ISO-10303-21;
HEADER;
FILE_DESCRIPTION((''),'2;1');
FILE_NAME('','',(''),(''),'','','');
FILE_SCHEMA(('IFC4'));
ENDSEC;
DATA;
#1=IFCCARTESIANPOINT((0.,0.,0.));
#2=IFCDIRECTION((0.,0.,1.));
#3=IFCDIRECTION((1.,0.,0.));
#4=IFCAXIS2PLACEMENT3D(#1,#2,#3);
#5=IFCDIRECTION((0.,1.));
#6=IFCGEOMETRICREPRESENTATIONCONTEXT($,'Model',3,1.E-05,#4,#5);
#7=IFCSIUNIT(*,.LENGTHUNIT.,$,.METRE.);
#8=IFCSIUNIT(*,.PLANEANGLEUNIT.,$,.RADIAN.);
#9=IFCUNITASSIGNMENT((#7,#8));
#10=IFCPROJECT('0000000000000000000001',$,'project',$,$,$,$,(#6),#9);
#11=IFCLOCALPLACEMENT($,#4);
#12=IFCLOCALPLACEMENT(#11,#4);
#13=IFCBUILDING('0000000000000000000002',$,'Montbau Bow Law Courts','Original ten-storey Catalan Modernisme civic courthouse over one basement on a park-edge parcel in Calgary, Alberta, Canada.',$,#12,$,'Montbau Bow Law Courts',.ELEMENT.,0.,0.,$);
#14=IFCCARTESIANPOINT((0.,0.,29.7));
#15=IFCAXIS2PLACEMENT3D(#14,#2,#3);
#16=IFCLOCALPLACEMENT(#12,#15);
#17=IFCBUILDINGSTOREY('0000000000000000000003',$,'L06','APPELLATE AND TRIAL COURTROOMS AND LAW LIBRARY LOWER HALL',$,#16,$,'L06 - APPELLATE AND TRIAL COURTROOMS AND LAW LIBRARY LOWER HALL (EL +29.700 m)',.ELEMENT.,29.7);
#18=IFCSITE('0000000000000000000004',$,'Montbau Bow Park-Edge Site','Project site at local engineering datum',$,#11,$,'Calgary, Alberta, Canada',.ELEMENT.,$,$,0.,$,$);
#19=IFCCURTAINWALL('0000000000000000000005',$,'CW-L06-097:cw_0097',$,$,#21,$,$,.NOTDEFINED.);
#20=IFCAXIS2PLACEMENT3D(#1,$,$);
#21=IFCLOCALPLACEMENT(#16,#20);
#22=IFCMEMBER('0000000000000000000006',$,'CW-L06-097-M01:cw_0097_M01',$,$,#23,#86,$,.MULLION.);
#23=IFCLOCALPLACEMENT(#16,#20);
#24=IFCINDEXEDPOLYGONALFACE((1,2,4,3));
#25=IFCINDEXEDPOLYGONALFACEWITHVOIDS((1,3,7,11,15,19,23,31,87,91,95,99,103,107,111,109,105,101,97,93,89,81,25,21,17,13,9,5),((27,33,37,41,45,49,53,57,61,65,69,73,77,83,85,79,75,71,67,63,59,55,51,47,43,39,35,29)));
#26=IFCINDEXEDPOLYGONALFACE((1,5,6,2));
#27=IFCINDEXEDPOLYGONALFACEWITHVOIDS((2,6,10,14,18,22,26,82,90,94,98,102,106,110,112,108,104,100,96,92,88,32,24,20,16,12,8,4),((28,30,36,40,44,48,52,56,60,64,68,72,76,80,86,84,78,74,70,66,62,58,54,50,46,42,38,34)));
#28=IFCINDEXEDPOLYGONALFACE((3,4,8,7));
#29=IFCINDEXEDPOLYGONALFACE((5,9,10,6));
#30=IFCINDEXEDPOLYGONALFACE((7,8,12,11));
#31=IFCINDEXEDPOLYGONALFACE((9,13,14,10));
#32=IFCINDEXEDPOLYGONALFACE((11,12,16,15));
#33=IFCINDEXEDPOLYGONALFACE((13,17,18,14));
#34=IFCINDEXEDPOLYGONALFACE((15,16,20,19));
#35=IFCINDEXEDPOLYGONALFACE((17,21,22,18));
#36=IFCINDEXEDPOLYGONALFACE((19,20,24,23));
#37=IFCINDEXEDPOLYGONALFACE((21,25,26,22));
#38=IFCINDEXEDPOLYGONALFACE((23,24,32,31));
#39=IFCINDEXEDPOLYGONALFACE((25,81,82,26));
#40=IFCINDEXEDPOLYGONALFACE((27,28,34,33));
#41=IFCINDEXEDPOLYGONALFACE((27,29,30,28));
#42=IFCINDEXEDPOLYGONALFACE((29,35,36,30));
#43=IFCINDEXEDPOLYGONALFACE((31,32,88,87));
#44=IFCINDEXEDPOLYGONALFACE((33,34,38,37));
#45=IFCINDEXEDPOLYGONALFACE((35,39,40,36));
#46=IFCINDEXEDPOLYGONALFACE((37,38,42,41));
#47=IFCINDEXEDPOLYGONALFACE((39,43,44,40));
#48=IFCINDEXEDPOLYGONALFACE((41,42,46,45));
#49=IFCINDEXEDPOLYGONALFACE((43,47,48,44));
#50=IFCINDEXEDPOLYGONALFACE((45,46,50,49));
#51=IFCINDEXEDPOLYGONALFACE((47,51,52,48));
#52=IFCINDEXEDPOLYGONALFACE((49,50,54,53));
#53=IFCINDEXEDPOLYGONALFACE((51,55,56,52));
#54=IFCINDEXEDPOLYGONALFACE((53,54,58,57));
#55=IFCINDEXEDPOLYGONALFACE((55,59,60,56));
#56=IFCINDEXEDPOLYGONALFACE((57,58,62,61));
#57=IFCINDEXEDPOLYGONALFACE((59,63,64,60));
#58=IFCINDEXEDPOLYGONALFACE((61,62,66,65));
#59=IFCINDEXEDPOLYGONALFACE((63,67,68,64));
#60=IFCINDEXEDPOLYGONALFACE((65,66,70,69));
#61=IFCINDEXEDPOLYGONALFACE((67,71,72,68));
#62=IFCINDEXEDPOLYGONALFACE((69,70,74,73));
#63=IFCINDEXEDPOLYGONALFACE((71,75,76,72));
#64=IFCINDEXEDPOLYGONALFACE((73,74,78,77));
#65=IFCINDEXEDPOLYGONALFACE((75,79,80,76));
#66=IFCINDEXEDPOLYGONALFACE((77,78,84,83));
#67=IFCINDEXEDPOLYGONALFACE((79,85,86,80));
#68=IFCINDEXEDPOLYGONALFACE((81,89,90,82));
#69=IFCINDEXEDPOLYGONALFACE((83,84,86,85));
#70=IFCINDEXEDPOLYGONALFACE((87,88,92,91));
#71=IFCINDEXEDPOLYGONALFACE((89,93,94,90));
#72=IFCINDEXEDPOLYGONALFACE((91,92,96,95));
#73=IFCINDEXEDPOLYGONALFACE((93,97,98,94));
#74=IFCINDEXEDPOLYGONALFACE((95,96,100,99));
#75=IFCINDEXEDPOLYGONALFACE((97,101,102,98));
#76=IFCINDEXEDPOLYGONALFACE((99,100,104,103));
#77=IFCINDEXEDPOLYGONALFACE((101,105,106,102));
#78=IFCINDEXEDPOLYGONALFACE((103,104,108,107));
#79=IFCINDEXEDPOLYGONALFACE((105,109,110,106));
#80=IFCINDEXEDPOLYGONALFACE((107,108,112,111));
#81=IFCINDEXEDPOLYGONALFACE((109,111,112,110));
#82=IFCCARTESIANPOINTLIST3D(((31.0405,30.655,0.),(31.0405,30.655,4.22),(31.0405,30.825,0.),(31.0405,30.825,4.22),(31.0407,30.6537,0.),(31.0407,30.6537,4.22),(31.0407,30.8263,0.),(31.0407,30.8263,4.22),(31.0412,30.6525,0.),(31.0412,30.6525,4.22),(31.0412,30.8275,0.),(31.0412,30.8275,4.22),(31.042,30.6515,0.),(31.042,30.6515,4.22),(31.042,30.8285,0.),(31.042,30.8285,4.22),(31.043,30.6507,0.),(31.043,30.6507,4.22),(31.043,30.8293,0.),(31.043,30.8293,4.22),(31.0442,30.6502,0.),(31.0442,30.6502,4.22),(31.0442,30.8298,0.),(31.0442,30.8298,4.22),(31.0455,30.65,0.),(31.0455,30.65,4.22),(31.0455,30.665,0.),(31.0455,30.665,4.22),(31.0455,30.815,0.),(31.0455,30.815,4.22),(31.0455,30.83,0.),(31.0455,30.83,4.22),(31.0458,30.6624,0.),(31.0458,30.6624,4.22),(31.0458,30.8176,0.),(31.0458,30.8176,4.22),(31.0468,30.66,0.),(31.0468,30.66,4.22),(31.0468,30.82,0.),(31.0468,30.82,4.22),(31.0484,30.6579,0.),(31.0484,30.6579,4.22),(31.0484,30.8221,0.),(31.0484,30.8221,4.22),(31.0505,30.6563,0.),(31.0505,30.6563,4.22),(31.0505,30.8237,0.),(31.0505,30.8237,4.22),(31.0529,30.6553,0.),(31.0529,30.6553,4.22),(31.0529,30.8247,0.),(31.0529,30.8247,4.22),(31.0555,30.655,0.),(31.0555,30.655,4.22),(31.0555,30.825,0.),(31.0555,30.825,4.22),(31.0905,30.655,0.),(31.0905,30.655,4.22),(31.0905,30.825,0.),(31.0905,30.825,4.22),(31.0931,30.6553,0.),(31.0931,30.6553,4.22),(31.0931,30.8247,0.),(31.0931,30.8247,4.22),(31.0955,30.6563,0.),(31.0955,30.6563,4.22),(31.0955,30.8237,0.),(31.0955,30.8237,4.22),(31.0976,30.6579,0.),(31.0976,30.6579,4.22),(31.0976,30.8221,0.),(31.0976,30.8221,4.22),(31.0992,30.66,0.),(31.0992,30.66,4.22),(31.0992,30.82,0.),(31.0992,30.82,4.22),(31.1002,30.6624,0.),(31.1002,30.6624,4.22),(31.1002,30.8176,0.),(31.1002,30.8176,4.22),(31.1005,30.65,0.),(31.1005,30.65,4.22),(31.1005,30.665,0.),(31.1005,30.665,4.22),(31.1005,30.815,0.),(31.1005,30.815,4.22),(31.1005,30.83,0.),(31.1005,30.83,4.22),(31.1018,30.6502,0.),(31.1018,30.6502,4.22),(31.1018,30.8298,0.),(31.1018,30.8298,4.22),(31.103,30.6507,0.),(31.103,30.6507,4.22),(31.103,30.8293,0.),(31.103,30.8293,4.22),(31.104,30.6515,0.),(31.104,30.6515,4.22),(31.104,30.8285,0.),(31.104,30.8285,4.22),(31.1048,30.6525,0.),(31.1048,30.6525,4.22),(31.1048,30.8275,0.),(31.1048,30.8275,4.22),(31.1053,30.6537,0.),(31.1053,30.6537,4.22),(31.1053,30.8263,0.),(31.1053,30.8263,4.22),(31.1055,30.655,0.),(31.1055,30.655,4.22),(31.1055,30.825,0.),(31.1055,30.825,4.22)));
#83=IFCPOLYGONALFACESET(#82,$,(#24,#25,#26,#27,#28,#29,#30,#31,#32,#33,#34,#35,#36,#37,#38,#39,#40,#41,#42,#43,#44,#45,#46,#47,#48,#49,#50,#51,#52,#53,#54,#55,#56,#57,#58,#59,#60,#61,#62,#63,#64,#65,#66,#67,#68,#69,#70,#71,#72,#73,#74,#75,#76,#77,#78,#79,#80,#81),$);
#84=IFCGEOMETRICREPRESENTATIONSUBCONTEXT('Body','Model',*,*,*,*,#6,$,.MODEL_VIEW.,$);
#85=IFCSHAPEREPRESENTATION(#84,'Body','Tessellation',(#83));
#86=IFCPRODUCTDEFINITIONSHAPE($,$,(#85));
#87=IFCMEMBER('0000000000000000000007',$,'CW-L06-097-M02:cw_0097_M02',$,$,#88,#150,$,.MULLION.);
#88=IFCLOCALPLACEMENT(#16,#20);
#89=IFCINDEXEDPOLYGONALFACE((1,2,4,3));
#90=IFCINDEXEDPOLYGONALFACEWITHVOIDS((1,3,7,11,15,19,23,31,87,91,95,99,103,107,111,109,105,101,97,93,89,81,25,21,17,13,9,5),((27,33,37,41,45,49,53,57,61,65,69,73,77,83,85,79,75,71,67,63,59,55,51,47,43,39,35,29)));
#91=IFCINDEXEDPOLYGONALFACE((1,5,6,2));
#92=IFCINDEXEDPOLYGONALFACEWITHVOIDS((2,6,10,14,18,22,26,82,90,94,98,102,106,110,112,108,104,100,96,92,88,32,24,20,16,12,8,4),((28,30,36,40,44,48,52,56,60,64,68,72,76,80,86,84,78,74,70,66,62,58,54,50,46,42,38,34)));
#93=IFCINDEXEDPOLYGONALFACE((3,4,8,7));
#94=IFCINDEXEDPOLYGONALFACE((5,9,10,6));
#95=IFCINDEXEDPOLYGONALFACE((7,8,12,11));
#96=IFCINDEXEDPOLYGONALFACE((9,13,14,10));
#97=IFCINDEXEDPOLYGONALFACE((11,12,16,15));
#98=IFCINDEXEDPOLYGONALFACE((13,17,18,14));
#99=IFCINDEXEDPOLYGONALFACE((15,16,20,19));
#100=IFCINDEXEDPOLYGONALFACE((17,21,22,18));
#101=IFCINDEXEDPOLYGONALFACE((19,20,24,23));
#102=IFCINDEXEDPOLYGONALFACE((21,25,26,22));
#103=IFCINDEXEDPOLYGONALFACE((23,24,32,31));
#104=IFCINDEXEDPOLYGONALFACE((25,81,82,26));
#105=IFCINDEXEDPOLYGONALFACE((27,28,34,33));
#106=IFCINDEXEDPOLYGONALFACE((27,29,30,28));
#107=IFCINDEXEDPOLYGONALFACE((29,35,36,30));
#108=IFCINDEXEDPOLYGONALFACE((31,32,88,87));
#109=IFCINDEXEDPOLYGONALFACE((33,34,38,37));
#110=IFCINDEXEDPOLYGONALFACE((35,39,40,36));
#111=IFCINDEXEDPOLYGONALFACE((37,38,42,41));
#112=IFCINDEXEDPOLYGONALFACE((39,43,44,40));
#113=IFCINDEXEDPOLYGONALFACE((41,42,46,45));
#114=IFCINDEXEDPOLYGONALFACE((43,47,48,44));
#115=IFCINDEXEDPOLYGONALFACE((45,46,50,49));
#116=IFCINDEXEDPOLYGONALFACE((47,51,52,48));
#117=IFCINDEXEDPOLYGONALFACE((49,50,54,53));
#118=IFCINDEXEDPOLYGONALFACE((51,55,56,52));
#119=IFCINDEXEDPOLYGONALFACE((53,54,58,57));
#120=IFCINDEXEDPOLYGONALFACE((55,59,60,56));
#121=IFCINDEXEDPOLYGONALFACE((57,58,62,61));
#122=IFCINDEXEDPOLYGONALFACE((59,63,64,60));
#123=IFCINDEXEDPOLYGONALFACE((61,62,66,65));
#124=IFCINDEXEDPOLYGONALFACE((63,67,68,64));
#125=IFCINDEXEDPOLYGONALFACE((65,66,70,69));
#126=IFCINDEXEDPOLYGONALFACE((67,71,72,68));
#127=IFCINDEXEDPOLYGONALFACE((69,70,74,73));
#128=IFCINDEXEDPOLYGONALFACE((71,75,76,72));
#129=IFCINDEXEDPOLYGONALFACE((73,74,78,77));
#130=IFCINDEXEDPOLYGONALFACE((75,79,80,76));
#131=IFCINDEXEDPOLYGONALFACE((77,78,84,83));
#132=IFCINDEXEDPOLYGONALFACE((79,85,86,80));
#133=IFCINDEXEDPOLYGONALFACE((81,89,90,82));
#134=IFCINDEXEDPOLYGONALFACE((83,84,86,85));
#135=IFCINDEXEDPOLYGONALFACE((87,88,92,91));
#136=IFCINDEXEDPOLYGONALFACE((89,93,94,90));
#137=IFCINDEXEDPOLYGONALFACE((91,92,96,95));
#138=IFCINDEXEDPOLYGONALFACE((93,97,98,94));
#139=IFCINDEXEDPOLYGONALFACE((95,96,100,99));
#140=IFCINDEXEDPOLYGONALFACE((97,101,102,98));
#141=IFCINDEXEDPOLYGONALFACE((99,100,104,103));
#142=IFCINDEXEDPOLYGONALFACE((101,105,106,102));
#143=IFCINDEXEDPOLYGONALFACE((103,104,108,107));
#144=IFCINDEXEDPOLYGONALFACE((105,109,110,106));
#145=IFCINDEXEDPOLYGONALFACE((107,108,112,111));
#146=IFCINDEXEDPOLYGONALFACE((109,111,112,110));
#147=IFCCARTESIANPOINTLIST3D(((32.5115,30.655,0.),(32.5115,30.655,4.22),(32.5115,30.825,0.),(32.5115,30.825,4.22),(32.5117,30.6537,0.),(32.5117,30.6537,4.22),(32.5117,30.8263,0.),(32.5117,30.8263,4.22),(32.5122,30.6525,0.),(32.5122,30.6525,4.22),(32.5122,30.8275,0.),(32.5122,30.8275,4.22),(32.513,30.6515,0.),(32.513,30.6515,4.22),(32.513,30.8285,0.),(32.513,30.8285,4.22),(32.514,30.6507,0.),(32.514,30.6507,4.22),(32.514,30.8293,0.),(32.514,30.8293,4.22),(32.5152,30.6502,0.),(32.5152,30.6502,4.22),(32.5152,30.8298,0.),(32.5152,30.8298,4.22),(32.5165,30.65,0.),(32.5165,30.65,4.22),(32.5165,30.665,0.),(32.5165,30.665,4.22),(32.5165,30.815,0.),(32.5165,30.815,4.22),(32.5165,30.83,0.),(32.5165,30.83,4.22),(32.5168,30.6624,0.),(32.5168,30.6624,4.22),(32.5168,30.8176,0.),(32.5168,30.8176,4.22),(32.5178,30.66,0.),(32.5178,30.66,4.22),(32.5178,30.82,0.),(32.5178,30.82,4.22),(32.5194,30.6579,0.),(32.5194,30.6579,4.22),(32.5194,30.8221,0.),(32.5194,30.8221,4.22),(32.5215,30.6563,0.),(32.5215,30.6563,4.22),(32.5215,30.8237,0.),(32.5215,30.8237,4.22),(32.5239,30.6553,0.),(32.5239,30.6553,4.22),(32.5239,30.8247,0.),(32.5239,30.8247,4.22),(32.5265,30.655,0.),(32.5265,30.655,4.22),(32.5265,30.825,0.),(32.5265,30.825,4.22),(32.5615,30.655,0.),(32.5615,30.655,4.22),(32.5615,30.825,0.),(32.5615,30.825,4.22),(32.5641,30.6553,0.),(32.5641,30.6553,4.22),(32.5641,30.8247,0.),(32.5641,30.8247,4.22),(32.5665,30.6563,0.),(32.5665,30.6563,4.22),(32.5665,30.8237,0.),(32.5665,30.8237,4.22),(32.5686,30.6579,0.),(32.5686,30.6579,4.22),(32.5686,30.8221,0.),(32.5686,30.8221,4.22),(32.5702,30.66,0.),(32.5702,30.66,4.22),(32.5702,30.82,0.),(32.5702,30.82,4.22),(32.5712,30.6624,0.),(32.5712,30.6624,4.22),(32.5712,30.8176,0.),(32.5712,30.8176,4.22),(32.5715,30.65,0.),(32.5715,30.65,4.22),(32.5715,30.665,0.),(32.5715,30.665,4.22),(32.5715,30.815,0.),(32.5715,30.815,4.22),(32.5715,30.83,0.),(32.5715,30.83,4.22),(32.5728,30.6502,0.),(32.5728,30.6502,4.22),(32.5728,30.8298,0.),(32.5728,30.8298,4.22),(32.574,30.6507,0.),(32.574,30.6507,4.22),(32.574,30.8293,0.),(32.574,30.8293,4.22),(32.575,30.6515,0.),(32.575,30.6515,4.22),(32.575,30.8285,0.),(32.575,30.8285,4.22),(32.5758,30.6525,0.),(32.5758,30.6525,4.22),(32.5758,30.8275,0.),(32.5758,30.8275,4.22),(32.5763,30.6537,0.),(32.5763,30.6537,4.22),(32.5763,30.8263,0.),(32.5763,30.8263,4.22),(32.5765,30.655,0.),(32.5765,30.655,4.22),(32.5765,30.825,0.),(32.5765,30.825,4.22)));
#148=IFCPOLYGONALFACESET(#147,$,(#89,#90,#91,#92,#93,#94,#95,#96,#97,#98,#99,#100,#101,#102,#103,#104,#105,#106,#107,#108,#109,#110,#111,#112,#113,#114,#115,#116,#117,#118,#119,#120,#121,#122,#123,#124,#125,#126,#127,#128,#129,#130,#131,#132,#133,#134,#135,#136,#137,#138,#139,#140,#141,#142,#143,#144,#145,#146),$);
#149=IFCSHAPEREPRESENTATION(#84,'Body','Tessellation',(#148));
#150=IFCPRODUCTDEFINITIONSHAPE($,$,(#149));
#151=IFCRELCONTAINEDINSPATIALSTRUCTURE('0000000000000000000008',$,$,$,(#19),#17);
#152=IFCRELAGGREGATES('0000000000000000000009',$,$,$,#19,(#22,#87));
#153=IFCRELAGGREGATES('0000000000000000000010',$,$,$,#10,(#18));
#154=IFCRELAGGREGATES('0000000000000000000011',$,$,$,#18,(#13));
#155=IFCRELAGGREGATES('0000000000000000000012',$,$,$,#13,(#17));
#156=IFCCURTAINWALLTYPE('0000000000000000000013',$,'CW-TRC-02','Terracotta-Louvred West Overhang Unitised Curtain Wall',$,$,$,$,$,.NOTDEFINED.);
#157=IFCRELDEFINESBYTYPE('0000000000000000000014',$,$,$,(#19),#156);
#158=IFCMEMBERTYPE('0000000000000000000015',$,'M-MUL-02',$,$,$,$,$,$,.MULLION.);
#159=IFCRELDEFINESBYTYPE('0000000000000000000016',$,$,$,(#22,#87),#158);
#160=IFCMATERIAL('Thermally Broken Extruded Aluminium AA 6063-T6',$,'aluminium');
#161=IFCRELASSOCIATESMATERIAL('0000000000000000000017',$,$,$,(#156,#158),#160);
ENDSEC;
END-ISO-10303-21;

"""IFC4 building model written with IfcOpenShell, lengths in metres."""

from ifc_helpers import new_model, si_unit, direction, frame, origin_with_axes, origin_2d_with_axis, place, context, subcontext, project, spatial, hollow_rectangle, extrude, material, material_profile, profile_set, type_object, element, aggregate, save


model = new_model("IFC4")

# Units and contexts
model_context = context("Model", 3, precision=1e-05, world=origin_with_axes(), true_north=direction((0.0, 1.0)))
body_context = subcontext(model_context, "Body", "Model", "MODEL_VIEW")
ifc_project = project(units=[si_unit("LENGTHUNIT", "METRE"), si_unit("PLANEANGLEUNIT", "RADIAN")], contexts=[model_context])

# Site, building, storey
site_placement = place(None, origin_with_axes())
site = spatial("IfcSite", under=ifc_project, at=site_placement, Name="Montbau Bow Park-Edge Site", Description="Project site at local engineering datum", LongName="Calgary, Alberta, Canada", CompositionType="ELEMENT", RefElevation=0.0)
building_placement = place(site_placement, origin_with_axes())
building = spatial("IfcBuilding", under=site, at=building_placement, Name="Montbau Bow Law Courts", Description="Original ten-storey Catalan Modernisme civic courthouse over one basement on a park-edge parcel in Calgary, Alberta, Canada.", LongName="Montbau Bow Law Courts", CompositionType="ELEMENT", ElevationOfRefHeight=0.0, ElevationOfTerrain=0.0)
storey_placement = place(building_placement, frame((0.0, 0.0, 29.7), z_axis=(0.0, 0.0, 1.0), x_axis=(1.0, 0.0, 0.0)))
storey = spatial("IfcBuildingStorey", under=building, at=storey_placement, Name="L06", Description="APPELLATE AND TRIAL COURTROOMS AND LAW LIBRARY LOWER HALL", LongName="L06 - APPELLATE AND TRIAL COURTROOMS AND LAW LIBRARY LOWER HALL (EL +29.700 m)", CompositionType="ELEMENT", Elevation=29.7)

# Curtain wall, members
ifc_material_1 = material(Name="Thermally Broken Extruded Aluminium AA 6063-T6", Category="aluminium")
curtain_wall_type = type_object("IfcCurtainWallType", Name="CW-TRC-02", Description="Terracotta-Louvred West Overhang Unitised Curtain Wall", PredefinedType="NOTDEFINED", material=ifc_material_1)
curtain_wall_1_placement = place(None, frame((31.04, 30.74, 29.7), z_axis=(0.0, 0.0, 1.0), x_axis=(1.0, 0.0, 0.0)))
curtain_wall_1 = element("IfcCurtainWall", 1, at=curtain_wall_1_placement, inside=storey, type_object=curtain_wall_type, Name="CW-L06-097:cw_0097", PredefinedType="NOTDEFINED")
ifc_material_profile_1 = material_profile(ifc_material_1, hollow_rectangle(XDim=0.065, YDim=0.18, WallThickness=0.005, InnerFilletRadius=0.01, OuterFilletRadius=0.005, at=origin_2d_with_axis()), Name="CWM-180X65", Category="Main", Priority=0)
ifc_profile_set_1 = profile_set([ifc_material_profile_1], Name="Thermally Broken Extruded Aluminium AA 6063-T6")
member_type_1 = type_object("IfcMemberType", Name="M-MUL-02", PredefinedType="MULLION", material=ifc_profile_set_1)
member_1_placement = place(None, frame((31.073, 30.74, 29.7), z_axis=(0.0, 0.0, 1.0), x_axis=(1.0, 0.0, 0.0)))
member_1 = element("IfcMember", 2, at=member_1_placement, type_object=member_type_1, Name="CW-L06-097-M01:cw_0097_M01", PredefinedType="MULLION", context=body_context, shape_type="SweptSolid", body=[
    extrude(hollow_rectangle(XDim=0.065, YDim=0.18, WallThickness=0.005, InnerFilletRadius=0.01, OuterFilletRadius=0.005, at=origin_2d_with_axis()), origin_with_axes(), (0.0, 0.0, 1.0), 4.22),
])
member_2_placement = place(None, frame((32.544, 30.74, 29.7), z_axis=(0.0, 0.0, 1.0), x_axis=(1.0, 0.0, 0.0)))
member_2 = element("IfcMember", 3, at=member_2_placement, type_object=member_type_1, Name="CW-L06-097-M02:cw_0097_M02", PredefinedType="MULLION", context=body_context, shape_type="SweptSolid", body=[
    extrude(hollow_rectangle(XDim=0.065, YDim=0.18, WallThickness=0.005, InnerFilletRadius=0.01, OuterFilletRadius=0.005, at=origin_2d_with_axis()), origin_with_axes(), (0.0, 0.0, 1.0), 4.22),
])

aggregate(curtain_wall_1, [member_1, member_2])

save(model, "model.ifc")
